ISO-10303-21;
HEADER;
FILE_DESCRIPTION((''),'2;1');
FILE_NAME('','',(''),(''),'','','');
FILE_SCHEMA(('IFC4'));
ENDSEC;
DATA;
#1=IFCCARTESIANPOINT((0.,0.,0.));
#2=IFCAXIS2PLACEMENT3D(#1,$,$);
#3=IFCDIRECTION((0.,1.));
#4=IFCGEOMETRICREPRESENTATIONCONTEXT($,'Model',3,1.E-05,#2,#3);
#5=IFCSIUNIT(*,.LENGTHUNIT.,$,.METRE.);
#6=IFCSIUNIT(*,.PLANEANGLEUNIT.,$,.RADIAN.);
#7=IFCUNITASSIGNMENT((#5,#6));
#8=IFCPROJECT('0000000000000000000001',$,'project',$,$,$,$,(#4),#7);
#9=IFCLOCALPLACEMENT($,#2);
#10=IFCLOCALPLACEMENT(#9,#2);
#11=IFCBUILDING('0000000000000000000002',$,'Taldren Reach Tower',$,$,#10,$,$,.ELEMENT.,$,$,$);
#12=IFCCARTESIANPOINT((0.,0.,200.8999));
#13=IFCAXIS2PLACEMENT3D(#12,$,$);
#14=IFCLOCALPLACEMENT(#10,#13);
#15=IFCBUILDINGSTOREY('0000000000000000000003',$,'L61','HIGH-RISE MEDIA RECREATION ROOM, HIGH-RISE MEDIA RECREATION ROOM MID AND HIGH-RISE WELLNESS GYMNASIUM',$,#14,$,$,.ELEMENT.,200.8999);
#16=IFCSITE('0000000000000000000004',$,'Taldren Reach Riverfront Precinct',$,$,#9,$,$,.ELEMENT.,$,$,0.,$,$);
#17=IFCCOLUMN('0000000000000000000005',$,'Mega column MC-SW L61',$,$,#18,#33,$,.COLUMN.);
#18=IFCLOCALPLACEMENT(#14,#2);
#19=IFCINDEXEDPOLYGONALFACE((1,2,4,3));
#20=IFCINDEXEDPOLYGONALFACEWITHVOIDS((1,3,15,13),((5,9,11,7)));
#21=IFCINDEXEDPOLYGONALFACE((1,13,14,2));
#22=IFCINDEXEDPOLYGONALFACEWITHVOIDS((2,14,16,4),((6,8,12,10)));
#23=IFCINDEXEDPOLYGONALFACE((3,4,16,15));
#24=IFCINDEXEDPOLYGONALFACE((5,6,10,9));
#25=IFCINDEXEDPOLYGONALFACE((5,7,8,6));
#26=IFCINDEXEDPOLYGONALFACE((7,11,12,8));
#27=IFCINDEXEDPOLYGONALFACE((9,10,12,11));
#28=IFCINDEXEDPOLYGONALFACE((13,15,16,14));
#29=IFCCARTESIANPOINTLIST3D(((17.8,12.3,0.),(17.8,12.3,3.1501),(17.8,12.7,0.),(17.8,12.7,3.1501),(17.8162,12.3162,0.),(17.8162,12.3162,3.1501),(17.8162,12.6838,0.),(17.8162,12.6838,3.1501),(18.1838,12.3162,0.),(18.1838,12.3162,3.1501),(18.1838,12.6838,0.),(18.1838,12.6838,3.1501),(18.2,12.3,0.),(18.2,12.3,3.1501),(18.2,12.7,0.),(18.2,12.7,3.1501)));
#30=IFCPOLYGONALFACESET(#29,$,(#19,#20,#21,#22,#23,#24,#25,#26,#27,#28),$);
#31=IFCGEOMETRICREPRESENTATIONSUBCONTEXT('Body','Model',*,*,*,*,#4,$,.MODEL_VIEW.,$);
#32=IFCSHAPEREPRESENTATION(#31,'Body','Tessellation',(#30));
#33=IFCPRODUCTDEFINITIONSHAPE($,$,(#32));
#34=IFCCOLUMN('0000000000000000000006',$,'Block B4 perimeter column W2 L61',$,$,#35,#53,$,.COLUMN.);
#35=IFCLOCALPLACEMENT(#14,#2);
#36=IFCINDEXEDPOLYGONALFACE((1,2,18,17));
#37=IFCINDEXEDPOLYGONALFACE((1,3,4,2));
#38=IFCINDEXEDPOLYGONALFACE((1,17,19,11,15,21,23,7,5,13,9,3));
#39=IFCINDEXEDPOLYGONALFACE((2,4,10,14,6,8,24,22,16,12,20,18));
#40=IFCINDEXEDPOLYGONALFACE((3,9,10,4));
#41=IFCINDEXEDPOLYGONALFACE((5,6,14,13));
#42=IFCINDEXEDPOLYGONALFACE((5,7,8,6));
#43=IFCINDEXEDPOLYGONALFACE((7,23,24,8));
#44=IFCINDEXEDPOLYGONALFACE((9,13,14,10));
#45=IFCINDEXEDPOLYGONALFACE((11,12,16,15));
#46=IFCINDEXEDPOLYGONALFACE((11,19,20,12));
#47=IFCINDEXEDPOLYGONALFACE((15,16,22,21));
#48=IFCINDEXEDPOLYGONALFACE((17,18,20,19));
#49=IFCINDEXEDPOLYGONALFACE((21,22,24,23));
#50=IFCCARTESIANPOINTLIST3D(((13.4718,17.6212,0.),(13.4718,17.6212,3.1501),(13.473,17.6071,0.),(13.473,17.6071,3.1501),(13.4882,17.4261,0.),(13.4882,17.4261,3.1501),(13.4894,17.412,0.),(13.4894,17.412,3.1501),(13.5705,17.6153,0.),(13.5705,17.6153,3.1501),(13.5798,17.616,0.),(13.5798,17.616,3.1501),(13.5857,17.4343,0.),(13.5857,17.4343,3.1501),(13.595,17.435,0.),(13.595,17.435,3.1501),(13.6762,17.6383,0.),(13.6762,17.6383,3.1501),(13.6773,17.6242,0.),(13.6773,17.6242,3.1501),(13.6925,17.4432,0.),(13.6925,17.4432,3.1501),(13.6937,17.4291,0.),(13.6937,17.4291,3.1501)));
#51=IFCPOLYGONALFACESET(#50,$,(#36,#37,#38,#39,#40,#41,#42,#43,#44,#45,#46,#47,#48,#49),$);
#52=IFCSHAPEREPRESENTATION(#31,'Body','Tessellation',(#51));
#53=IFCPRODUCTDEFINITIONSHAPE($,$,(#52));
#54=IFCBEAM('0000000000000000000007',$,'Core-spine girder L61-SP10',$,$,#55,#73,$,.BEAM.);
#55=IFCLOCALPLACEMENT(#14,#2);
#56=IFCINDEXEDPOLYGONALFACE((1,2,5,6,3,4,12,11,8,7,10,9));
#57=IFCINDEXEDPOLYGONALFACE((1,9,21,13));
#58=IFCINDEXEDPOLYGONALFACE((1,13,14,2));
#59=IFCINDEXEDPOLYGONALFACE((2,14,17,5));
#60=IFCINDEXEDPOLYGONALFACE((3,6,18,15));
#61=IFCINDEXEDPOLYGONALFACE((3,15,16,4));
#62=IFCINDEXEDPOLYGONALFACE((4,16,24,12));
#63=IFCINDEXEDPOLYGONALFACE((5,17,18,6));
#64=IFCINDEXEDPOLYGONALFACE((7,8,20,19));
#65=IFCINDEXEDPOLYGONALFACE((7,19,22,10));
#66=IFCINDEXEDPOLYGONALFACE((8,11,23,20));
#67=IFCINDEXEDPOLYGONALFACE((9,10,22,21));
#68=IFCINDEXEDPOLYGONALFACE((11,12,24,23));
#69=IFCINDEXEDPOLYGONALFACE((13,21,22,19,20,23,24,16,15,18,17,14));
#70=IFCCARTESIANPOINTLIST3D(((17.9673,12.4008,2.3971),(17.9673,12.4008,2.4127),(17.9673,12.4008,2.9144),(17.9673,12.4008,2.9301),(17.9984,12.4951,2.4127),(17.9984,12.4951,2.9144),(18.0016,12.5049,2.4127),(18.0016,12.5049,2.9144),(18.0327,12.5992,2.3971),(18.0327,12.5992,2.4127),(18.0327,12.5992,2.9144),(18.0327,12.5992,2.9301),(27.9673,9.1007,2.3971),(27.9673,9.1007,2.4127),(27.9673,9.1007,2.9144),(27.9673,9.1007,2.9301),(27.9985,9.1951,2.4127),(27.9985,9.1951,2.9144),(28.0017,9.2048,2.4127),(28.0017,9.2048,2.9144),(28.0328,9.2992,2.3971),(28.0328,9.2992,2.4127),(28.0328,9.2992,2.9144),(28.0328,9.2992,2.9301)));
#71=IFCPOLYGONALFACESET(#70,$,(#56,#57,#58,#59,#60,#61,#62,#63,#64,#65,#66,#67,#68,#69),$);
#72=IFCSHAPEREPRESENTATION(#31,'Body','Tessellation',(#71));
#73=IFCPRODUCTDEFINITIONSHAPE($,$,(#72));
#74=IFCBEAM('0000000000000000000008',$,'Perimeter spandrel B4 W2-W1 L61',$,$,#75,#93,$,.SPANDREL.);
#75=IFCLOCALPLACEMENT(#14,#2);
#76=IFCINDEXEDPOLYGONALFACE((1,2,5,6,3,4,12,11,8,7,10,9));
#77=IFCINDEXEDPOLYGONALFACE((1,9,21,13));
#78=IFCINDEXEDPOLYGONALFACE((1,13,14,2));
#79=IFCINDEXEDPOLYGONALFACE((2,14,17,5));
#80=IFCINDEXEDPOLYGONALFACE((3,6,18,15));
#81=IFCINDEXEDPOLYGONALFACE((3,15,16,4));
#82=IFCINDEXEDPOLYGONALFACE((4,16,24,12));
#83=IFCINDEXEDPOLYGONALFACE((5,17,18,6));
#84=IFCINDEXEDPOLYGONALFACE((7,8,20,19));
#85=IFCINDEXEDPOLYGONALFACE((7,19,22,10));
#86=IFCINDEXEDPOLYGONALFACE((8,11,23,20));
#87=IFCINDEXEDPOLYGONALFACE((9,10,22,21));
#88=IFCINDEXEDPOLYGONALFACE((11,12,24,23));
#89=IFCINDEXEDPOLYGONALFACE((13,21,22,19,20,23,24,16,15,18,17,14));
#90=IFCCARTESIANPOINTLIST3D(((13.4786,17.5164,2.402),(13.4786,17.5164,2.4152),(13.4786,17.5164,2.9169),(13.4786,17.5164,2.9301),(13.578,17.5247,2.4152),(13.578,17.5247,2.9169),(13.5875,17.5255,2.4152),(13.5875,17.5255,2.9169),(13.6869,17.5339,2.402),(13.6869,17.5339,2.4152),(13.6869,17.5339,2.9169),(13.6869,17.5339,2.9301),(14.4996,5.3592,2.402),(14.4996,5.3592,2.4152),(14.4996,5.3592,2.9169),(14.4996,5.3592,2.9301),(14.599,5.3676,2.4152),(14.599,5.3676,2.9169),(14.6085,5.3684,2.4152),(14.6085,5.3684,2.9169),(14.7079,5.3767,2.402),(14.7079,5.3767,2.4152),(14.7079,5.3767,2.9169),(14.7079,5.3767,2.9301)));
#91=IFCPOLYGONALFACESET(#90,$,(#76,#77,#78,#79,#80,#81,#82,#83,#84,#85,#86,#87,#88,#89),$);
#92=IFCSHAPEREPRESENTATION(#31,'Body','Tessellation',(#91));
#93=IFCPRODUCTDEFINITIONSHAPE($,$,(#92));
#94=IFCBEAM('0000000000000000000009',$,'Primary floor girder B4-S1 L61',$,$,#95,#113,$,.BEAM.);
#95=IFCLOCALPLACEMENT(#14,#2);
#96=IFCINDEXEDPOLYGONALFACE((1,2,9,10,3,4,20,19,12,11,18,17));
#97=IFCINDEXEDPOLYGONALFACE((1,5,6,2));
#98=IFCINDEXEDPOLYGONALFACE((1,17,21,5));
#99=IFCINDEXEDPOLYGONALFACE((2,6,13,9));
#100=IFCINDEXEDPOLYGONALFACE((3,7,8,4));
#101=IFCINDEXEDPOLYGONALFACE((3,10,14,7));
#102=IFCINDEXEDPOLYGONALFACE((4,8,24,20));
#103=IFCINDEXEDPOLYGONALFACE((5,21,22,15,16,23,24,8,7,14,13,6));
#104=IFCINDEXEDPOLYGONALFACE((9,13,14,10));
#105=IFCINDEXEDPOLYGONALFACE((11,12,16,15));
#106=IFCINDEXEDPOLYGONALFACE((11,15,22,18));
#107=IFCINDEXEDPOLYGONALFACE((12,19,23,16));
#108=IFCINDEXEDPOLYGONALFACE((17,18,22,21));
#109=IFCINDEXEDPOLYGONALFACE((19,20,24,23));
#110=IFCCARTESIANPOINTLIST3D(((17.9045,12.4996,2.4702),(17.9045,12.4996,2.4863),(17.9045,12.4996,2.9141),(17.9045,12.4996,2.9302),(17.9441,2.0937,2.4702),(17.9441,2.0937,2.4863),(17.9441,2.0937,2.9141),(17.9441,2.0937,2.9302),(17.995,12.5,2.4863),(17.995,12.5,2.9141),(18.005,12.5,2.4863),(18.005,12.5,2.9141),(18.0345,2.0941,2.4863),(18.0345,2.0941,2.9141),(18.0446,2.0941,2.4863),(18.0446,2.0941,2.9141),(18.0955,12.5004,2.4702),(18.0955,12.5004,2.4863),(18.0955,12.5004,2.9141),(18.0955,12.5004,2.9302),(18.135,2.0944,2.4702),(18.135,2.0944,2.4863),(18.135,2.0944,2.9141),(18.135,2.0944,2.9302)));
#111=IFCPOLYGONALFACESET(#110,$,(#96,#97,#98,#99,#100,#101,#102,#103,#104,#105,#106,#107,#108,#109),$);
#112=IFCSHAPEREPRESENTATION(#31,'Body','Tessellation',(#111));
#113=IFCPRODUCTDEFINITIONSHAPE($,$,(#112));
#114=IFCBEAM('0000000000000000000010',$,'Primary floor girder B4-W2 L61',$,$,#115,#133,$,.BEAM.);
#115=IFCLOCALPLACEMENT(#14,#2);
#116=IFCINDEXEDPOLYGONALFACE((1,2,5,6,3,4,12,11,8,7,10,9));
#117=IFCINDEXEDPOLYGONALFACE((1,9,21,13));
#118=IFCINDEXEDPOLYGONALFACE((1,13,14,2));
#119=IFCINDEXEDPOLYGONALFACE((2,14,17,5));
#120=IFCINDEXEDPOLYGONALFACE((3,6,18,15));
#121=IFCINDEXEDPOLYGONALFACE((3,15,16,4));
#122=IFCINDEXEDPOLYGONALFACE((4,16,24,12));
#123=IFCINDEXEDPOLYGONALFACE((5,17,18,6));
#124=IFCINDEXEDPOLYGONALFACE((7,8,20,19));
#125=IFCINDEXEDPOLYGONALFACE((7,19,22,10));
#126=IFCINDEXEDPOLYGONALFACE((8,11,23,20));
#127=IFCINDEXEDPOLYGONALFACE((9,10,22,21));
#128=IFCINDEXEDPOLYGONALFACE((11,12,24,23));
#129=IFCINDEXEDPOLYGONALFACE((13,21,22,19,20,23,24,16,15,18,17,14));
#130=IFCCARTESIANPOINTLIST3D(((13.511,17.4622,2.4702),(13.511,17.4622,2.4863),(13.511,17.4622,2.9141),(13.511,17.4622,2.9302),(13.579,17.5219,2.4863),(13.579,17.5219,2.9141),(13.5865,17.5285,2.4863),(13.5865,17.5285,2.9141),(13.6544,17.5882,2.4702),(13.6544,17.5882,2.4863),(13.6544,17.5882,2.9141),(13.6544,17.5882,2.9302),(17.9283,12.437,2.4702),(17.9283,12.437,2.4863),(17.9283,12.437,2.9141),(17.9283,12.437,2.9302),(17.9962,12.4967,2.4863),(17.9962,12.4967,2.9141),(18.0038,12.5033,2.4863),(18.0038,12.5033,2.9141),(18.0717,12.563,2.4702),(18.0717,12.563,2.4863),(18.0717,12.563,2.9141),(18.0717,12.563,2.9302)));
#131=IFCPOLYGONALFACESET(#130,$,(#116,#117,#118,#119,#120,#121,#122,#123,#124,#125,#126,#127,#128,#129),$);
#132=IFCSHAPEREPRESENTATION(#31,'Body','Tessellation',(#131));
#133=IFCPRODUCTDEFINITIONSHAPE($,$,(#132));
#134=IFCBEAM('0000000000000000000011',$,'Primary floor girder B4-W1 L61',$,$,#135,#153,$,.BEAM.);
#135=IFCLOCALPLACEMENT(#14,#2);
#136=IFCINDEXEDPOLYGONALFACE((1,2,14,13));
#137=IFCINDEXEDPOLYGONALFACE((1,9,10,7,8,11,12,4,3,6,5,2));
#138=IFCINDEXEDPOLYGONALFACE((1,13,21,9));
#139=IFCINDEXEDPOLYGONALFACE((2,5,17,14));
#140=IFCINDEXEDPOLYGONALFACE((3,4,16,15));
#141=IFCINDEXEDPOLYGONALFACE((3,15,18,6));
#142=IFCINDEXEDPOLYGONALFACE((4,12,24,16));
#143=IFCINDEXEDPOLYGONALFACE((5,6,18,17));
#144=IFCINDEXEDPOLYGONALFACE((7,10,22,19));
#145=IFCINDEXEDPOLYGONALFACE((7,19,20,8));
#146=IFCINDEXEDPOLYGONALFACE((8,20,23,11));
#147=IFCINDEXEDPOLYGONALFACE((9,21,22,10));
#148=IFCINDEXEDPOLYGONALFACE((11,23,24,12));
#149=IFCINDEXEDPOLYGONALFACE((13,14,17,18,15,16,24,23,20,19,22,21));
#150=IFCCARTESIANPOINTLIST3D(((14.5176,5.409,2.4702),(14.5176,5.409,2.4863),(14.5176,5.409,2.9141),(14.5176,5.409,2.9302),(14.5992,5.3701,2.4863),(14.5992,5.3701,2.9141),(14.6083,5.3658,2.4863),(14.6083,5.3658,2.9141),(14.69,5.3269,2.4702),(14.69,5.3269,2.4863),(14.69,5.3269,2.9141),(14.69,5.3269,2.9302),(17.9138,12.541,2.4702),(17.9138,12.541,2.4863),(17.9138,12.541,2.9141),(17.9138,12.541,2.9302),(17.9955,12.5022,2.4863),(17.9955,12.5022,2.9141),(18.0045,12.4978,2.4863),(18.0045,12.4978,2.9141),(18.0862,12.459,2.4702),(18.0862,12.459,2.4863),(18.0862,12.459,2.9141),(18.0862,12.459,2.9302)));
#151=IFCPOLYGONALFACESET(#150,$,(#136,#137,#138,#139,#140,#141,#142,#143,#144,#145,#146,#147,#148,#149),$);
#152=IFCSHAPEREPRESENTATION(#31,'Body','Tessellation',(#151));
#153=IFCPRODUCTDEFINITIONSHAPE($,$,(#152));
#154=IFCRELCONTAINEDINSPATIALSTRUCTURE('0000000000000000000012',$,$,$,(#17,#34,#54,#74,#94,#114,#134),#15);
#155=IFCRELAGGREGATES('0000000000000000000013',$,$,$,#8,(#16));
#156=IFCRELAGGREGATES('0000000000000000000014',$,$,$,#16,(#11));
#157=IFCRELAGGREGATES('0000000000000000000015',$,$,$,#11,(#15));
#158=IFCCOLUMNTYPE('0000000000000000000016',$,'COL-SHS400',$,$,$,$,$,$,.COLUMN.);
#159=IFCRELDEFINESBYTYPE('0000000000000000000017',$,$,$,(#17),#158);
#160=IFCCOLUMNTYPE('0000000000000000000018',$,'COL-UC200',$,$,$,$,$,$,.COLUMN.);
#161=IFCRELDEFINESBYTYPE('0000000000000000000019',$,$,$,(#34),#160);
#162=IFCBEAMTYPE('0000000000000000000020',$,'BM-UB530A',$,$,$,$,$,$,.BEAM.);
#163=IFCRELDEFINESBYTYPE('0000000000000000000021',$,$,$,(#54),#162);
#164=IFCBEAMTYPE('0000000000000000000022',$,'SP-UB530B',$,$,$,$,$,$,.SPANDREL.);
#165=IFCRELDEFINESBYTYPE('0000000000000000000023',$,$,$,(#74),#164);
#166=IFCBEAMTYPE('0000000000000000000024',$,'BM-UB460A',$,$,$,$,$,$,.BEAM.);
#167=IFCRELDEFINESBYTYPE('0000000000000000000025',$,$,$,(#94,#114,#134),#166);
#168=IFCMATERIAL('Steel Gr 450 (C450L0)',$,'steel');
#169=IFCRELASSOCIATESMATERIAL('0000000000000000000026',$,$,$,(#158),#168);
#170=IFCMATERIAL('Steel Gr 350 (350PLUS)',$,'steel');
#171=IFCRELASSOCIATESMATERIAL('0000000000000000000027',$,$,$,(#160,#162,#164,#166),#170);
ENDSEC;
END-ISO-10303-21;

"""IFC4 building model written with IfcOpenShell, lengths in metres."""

from ifc_helpers import new_model, si_unit, direction, frame, origin, origin_2d, place, context, subcontext, project, spatial, hollow_rectangle, i_section, extrude, source, transform, mapped, material, material_profile, profile_set, type_object, element, save


model = new_model("IFC4")

# Units and contexts
model_context = context("Model", 3, precision=1e-05, world=origin(), true_north=direction((0.0, 1.0)))
body_context = subcontext(model_context, "Body", "Model", "MODEL_VIEW")
ifc_project = project(units=[si_unit("LENGTHUNIT", "METRE"), si_unit("PLANEANGLEUNIT", "RADIAN")], contexts=[model_context])

# Site, building, storey
site_placement = place(None, origin())
site = spatial("IfcSite", under=ifc_project, at=site_placement, Name="Taldren Reach Riverfront Precinct", CompositionType="ELEMENT", RefElevation=0.0)
building_placement = place(site_placement, origin())
building = spatial("IfcBuilding", under=site, at=building_placement, Name="Taldren Reach Tower", CompositionType="ELEMENT")
storey_placement = place(building_placement, frame((0.0, 0.0, 200.8999)))
storey = spatial("IfcBuildingStorey", under=building, at=storey_placement, Name="L61", Description="HIGH-RISE MEDIA RECREATION ROOM, HIGH-RISE MEDIA RECREATION ROOM MID AND HIGH-RISE WELLNESS GYMNASIUM", CompositionType="ELEMENT", Elevation=200.8999)

# Columns
ifc_material_1 = material(Name="Steel Gr 450 (C450L0)", Category="steel")
ifc_material_profile_1 = material_profile(ifc_material_1, hollow_rectangle(XDim=0.3999, YDim=0.3999, WallThickness=0.0161, at=origin_2d()), Name="400x400x16.0SHS")
ifc_profile_set_1 = profile_set([ifc_material_profile_1], Name="Steel Gr 450 (C450L0)")
column_type_1 = type_object("IfcColumnType", Name="COL-SHS400", PredefinedType="COLUMN", material=ifc_profile_set_1)
shared_shape_1 = source(origin(), body_context, "Body", "SweptSolid", [
    extrude(hollow_rectangle(XDim=0.3999, YDim=0.3999, WallThickness=0.0161, at=origin_2d()), origin(), (0.0, 0.0, 1.0), 3.1501),
])
column_1_placement = place(storey_placement, frame((18.0, 12.5, 0.0), z_axis=(0.0, 0.0, 1.0), x_axis=(1.0, 0.0, 0.0)))
element("IfcColumn", 1, at=column_1_placement, inside=storey, type_object=column_type_1, Name="Mega column MC-SW L61", PredefinedType="COLUMN", context=body_context, shape_type="MappedRepresentation", body=[
    mapped(shared_shape_1, transform((0.0, 0.0, 0.0), scale=1.0)),
])
ifc_material_2 = material(Name="Steel Gr 350 (350PLUS)", Category="steel")
ifc_material_profile_2 = material_profile(ifc_material_2, i_section(OverallWidth=0.2051, OverallDepth=0.21, WebThickness=0.0093, FlangeThickness=0.0142, at=origin_2d()), Name="200UC59.5")
ifc_profile_set_2 = profile_set([ifc_material_profile_2], Name="Steel Gr 350 (350PLUS)")
column_type_2 = type_object("IfcColumnType", Name="COL-UC200", PredefinedType="COLUMN", material=ifc_profile_set_2)
shared_shape_2 = source(origin(), body_context, "Body", "SweptSolid", [
    extrude(i_section(OverallWidth=0.2051, OverallDepth=0.21, WebThickness=0.0093, FlangeThickness=0.0142, at=origin_2d()), origin(), (0.0, 0.0, 1.0), 3.1501),
])
column_2_placement = place(storey_placement, frame((13.5828, 17.5251, 0.0), z_axis=(0.0, 0.0, 1.0), x_axis=(0.996493, 0.083678, 0.0)))
element("IfcColumn", 2, at=column_2_placement, inside=storey, type_object=column_type_2, Name="Block B4 perimeter column W2 L61", PredefinedType="COLUMN", context=body_context, shape_type="MappedRepresentation", body=[
    mapped(shared_shape_2, transform((0.0, 0.0, 0.0), scale=1.0)),
])

# Beams
ifc_material_profile_3 = material_profile(ifc_material_2, i_section(OverallWidth=0.209, OverallDepth=0.533, WebThickness=0.0103, FlangeThickness=0.0156, at=origin_2d()), Name="530UB92.4")
ifc_profile_set_3 = profile_set([ifc_material_profile_3], Name="Steel Gr 350 (350PLUS)")
beam_type_1 = type_object("IfcBeamType", Name="BM-UB530A", PredefinedType="BEAM", material=ifc_profile_set_3)
shared_shape_3 = source(origin(), body_context, "Body", "SweptSolid", [
    extrude(i_section(OverallWidth=0.209, OverallDepth=0.533, WebThickness=0.0103, FlangeThickness=0.0156, at=origin_2d()), origin(), (0.0, 0.0, 1.0), 10.5305),
])
beam_1_placement = place(storey_placement, frame((18.0, 12.5, 2.6636), z_axis=(0.949627, -0.313382, 0.0), x_axis=(0.313382, 0.949627, 0.0)))
element("IfcBeam", 3, at=beam_1_placement, inside=storey, type_object=beam_type_1, Name="Core-spine girder L61-SP10", PredefinedType="BEAM", context=body_context, shape_type="MappedRepresentation", body=[
    mapped(shared_shape_3, transform((0.0, 0.0, 0.0), scale=1.0)),
])
ifc_material_profile_4 = material_profile(ifc_material_2, i_section(OverallWidth=0.209, OverallDepth=0.5281, WebThickness=0.0095, FlangeThickness=0.0132, at=origin_2d()), Name="530UB82.0")
ifc_profile_set_4 = profile_set([ifc_material_profile_4], Name="Steel Gr 350 (350PLUS)")
beam_type_2 = type_object("IfcBeamType", Name="SP-UB530B", PredefinedType="SPANDREL", material=ifc_profile_set_4)
shared_shape_4 = source(origin(), body_context, "Body", "SweptSolid", [
    extrude(i_section(OverallWidth=0.209, OverallDepth=0.5281, WebThickness=0.0095, FlangeThickness=0.0132, at=origin_2d()), origin(), (0.0, 0.0, 1.0), 12.2),
])
beam_2_placement = place(storey_placement, frame((13.5828, 17.5251, 2.666), z_axis=(0.083688, -0.996492, 0.0), x_axis=(0.996492, 0.083688, 0.0)))
element("IfcBeam", 4, at=beam_2_placement, inside=storey, type_object=beam_type_2, Name="Perimeter spandrel B4 W2-W1 L61", PredefinedType="SPANDREL", context=body_context, shape_type="MappedRepresentation", body=[
    mapped(shared_shape_4, transform((0.0, 0.0, 0.0), scale=1.0)),
])
ifc_material_profile_5 = material_profile(ifc_material_2, i_section(OverallWidth=0.1909, OverallDepth=0.46, WebThickness=0.01, FlangeThickness=0.0161, at=origin_2d()), Name="460UB82.1")
ifc_profile_set_5 = profile_set([ifc_material_profile_5], Name="Steel Gr 350 (350PLUS)")
beam_type_3 = type_object("IfcBeamType", Name="BM-UB460A", PredefinedType="BEAM", material=ifc_profile_set_5)
shared_shape_5 = source(origin(), body_context, "Body", "SweptSolid", [
    extrude(i_section(OverallWidth=0.1909, OverallDepth=0.46, WebThickness=0.01, FlangeThickness=0.0161, at=origin_2d()), origin(), (0.0, 0.0, 1.0), 10.406),
])
beam_3_placement = place(storey_placement, frame((18.0, 12.5, 2.7002), z_axis=(0.003801, -0.999993, 0.0), x_axis=(0.999993, 0.003801, 0.0)))
element("IfcBeam", 5, at=beam_3_placement, inside=storey, type_object=beam_type_3, Name="Primary floor girder B4-S1 L61", PredefinedType="BEAM", context=body_context, shape_type="MappedRepresentation", body=[
    mapped(shared_shape_5, transform((0.0, 0.0, 0.0), scale=1.0)),
])
shared_shape_6 = source(origin(), body_context, "Body", "SweptSolid", [
    extrude(i_section(OverallWidth=0.1909, OverallDepth=0.46, WebThickness=0.01, FlangeThickness=0.0161, at=origin_2d()), origin(), (0.0, 0.0, 1.0), 6.6907),
])
beam_4_placement = place(storey_placement, frame((18.0, 12.5, 2.7002), z_axis=(-0.660216, 0.751076, 0.0), x_axis=(-0.751076, -0.660216, 0.0)))
element("IfcBeam", 6, at=beam_4_placement, inside=storey, type_object=beam_type_3, Name="Primary floor girder B4-W2 L61", PredefinedType="BEAM", context=body_context, shape_type="MappedRepresentation", body=[
    mapped(shared_shape_6, transform((0.0, 0.0, 0.0), scale=1.0)),
])
shared_shape_7 = source(origin(), body_context, "Body", "SweptSolid", [
    extrude(i_section(OverallWidth=0.1909, OverallDepth=0.46, WebThickness=0.01, FlangeThickness=0.0161, at=origin_2d()), origin(), (0.0, 0.0, 1.0), 7.8994),
])
beam_5_placement = place(storey_placement, frame((18.0, 12.5, 2.7002), z_axis=(-0.429935, -0.90286, 0.0), x_axis=(0.90286, -0.429935, 0.0)))
element("IfcBeam", 7, at=beam_5_placement, inside=storey, type_object=beam_type_3, Name="Primary floor girder B4-W1 L61", PredefinedType="BEAM", context=body_context, shape_type="MappedRepresentation", body=[
    mapped(shared_shape_7, transform((0.0, 0.0, 0.0), scale=1.0)),
])

save(model, "model.ifc")
